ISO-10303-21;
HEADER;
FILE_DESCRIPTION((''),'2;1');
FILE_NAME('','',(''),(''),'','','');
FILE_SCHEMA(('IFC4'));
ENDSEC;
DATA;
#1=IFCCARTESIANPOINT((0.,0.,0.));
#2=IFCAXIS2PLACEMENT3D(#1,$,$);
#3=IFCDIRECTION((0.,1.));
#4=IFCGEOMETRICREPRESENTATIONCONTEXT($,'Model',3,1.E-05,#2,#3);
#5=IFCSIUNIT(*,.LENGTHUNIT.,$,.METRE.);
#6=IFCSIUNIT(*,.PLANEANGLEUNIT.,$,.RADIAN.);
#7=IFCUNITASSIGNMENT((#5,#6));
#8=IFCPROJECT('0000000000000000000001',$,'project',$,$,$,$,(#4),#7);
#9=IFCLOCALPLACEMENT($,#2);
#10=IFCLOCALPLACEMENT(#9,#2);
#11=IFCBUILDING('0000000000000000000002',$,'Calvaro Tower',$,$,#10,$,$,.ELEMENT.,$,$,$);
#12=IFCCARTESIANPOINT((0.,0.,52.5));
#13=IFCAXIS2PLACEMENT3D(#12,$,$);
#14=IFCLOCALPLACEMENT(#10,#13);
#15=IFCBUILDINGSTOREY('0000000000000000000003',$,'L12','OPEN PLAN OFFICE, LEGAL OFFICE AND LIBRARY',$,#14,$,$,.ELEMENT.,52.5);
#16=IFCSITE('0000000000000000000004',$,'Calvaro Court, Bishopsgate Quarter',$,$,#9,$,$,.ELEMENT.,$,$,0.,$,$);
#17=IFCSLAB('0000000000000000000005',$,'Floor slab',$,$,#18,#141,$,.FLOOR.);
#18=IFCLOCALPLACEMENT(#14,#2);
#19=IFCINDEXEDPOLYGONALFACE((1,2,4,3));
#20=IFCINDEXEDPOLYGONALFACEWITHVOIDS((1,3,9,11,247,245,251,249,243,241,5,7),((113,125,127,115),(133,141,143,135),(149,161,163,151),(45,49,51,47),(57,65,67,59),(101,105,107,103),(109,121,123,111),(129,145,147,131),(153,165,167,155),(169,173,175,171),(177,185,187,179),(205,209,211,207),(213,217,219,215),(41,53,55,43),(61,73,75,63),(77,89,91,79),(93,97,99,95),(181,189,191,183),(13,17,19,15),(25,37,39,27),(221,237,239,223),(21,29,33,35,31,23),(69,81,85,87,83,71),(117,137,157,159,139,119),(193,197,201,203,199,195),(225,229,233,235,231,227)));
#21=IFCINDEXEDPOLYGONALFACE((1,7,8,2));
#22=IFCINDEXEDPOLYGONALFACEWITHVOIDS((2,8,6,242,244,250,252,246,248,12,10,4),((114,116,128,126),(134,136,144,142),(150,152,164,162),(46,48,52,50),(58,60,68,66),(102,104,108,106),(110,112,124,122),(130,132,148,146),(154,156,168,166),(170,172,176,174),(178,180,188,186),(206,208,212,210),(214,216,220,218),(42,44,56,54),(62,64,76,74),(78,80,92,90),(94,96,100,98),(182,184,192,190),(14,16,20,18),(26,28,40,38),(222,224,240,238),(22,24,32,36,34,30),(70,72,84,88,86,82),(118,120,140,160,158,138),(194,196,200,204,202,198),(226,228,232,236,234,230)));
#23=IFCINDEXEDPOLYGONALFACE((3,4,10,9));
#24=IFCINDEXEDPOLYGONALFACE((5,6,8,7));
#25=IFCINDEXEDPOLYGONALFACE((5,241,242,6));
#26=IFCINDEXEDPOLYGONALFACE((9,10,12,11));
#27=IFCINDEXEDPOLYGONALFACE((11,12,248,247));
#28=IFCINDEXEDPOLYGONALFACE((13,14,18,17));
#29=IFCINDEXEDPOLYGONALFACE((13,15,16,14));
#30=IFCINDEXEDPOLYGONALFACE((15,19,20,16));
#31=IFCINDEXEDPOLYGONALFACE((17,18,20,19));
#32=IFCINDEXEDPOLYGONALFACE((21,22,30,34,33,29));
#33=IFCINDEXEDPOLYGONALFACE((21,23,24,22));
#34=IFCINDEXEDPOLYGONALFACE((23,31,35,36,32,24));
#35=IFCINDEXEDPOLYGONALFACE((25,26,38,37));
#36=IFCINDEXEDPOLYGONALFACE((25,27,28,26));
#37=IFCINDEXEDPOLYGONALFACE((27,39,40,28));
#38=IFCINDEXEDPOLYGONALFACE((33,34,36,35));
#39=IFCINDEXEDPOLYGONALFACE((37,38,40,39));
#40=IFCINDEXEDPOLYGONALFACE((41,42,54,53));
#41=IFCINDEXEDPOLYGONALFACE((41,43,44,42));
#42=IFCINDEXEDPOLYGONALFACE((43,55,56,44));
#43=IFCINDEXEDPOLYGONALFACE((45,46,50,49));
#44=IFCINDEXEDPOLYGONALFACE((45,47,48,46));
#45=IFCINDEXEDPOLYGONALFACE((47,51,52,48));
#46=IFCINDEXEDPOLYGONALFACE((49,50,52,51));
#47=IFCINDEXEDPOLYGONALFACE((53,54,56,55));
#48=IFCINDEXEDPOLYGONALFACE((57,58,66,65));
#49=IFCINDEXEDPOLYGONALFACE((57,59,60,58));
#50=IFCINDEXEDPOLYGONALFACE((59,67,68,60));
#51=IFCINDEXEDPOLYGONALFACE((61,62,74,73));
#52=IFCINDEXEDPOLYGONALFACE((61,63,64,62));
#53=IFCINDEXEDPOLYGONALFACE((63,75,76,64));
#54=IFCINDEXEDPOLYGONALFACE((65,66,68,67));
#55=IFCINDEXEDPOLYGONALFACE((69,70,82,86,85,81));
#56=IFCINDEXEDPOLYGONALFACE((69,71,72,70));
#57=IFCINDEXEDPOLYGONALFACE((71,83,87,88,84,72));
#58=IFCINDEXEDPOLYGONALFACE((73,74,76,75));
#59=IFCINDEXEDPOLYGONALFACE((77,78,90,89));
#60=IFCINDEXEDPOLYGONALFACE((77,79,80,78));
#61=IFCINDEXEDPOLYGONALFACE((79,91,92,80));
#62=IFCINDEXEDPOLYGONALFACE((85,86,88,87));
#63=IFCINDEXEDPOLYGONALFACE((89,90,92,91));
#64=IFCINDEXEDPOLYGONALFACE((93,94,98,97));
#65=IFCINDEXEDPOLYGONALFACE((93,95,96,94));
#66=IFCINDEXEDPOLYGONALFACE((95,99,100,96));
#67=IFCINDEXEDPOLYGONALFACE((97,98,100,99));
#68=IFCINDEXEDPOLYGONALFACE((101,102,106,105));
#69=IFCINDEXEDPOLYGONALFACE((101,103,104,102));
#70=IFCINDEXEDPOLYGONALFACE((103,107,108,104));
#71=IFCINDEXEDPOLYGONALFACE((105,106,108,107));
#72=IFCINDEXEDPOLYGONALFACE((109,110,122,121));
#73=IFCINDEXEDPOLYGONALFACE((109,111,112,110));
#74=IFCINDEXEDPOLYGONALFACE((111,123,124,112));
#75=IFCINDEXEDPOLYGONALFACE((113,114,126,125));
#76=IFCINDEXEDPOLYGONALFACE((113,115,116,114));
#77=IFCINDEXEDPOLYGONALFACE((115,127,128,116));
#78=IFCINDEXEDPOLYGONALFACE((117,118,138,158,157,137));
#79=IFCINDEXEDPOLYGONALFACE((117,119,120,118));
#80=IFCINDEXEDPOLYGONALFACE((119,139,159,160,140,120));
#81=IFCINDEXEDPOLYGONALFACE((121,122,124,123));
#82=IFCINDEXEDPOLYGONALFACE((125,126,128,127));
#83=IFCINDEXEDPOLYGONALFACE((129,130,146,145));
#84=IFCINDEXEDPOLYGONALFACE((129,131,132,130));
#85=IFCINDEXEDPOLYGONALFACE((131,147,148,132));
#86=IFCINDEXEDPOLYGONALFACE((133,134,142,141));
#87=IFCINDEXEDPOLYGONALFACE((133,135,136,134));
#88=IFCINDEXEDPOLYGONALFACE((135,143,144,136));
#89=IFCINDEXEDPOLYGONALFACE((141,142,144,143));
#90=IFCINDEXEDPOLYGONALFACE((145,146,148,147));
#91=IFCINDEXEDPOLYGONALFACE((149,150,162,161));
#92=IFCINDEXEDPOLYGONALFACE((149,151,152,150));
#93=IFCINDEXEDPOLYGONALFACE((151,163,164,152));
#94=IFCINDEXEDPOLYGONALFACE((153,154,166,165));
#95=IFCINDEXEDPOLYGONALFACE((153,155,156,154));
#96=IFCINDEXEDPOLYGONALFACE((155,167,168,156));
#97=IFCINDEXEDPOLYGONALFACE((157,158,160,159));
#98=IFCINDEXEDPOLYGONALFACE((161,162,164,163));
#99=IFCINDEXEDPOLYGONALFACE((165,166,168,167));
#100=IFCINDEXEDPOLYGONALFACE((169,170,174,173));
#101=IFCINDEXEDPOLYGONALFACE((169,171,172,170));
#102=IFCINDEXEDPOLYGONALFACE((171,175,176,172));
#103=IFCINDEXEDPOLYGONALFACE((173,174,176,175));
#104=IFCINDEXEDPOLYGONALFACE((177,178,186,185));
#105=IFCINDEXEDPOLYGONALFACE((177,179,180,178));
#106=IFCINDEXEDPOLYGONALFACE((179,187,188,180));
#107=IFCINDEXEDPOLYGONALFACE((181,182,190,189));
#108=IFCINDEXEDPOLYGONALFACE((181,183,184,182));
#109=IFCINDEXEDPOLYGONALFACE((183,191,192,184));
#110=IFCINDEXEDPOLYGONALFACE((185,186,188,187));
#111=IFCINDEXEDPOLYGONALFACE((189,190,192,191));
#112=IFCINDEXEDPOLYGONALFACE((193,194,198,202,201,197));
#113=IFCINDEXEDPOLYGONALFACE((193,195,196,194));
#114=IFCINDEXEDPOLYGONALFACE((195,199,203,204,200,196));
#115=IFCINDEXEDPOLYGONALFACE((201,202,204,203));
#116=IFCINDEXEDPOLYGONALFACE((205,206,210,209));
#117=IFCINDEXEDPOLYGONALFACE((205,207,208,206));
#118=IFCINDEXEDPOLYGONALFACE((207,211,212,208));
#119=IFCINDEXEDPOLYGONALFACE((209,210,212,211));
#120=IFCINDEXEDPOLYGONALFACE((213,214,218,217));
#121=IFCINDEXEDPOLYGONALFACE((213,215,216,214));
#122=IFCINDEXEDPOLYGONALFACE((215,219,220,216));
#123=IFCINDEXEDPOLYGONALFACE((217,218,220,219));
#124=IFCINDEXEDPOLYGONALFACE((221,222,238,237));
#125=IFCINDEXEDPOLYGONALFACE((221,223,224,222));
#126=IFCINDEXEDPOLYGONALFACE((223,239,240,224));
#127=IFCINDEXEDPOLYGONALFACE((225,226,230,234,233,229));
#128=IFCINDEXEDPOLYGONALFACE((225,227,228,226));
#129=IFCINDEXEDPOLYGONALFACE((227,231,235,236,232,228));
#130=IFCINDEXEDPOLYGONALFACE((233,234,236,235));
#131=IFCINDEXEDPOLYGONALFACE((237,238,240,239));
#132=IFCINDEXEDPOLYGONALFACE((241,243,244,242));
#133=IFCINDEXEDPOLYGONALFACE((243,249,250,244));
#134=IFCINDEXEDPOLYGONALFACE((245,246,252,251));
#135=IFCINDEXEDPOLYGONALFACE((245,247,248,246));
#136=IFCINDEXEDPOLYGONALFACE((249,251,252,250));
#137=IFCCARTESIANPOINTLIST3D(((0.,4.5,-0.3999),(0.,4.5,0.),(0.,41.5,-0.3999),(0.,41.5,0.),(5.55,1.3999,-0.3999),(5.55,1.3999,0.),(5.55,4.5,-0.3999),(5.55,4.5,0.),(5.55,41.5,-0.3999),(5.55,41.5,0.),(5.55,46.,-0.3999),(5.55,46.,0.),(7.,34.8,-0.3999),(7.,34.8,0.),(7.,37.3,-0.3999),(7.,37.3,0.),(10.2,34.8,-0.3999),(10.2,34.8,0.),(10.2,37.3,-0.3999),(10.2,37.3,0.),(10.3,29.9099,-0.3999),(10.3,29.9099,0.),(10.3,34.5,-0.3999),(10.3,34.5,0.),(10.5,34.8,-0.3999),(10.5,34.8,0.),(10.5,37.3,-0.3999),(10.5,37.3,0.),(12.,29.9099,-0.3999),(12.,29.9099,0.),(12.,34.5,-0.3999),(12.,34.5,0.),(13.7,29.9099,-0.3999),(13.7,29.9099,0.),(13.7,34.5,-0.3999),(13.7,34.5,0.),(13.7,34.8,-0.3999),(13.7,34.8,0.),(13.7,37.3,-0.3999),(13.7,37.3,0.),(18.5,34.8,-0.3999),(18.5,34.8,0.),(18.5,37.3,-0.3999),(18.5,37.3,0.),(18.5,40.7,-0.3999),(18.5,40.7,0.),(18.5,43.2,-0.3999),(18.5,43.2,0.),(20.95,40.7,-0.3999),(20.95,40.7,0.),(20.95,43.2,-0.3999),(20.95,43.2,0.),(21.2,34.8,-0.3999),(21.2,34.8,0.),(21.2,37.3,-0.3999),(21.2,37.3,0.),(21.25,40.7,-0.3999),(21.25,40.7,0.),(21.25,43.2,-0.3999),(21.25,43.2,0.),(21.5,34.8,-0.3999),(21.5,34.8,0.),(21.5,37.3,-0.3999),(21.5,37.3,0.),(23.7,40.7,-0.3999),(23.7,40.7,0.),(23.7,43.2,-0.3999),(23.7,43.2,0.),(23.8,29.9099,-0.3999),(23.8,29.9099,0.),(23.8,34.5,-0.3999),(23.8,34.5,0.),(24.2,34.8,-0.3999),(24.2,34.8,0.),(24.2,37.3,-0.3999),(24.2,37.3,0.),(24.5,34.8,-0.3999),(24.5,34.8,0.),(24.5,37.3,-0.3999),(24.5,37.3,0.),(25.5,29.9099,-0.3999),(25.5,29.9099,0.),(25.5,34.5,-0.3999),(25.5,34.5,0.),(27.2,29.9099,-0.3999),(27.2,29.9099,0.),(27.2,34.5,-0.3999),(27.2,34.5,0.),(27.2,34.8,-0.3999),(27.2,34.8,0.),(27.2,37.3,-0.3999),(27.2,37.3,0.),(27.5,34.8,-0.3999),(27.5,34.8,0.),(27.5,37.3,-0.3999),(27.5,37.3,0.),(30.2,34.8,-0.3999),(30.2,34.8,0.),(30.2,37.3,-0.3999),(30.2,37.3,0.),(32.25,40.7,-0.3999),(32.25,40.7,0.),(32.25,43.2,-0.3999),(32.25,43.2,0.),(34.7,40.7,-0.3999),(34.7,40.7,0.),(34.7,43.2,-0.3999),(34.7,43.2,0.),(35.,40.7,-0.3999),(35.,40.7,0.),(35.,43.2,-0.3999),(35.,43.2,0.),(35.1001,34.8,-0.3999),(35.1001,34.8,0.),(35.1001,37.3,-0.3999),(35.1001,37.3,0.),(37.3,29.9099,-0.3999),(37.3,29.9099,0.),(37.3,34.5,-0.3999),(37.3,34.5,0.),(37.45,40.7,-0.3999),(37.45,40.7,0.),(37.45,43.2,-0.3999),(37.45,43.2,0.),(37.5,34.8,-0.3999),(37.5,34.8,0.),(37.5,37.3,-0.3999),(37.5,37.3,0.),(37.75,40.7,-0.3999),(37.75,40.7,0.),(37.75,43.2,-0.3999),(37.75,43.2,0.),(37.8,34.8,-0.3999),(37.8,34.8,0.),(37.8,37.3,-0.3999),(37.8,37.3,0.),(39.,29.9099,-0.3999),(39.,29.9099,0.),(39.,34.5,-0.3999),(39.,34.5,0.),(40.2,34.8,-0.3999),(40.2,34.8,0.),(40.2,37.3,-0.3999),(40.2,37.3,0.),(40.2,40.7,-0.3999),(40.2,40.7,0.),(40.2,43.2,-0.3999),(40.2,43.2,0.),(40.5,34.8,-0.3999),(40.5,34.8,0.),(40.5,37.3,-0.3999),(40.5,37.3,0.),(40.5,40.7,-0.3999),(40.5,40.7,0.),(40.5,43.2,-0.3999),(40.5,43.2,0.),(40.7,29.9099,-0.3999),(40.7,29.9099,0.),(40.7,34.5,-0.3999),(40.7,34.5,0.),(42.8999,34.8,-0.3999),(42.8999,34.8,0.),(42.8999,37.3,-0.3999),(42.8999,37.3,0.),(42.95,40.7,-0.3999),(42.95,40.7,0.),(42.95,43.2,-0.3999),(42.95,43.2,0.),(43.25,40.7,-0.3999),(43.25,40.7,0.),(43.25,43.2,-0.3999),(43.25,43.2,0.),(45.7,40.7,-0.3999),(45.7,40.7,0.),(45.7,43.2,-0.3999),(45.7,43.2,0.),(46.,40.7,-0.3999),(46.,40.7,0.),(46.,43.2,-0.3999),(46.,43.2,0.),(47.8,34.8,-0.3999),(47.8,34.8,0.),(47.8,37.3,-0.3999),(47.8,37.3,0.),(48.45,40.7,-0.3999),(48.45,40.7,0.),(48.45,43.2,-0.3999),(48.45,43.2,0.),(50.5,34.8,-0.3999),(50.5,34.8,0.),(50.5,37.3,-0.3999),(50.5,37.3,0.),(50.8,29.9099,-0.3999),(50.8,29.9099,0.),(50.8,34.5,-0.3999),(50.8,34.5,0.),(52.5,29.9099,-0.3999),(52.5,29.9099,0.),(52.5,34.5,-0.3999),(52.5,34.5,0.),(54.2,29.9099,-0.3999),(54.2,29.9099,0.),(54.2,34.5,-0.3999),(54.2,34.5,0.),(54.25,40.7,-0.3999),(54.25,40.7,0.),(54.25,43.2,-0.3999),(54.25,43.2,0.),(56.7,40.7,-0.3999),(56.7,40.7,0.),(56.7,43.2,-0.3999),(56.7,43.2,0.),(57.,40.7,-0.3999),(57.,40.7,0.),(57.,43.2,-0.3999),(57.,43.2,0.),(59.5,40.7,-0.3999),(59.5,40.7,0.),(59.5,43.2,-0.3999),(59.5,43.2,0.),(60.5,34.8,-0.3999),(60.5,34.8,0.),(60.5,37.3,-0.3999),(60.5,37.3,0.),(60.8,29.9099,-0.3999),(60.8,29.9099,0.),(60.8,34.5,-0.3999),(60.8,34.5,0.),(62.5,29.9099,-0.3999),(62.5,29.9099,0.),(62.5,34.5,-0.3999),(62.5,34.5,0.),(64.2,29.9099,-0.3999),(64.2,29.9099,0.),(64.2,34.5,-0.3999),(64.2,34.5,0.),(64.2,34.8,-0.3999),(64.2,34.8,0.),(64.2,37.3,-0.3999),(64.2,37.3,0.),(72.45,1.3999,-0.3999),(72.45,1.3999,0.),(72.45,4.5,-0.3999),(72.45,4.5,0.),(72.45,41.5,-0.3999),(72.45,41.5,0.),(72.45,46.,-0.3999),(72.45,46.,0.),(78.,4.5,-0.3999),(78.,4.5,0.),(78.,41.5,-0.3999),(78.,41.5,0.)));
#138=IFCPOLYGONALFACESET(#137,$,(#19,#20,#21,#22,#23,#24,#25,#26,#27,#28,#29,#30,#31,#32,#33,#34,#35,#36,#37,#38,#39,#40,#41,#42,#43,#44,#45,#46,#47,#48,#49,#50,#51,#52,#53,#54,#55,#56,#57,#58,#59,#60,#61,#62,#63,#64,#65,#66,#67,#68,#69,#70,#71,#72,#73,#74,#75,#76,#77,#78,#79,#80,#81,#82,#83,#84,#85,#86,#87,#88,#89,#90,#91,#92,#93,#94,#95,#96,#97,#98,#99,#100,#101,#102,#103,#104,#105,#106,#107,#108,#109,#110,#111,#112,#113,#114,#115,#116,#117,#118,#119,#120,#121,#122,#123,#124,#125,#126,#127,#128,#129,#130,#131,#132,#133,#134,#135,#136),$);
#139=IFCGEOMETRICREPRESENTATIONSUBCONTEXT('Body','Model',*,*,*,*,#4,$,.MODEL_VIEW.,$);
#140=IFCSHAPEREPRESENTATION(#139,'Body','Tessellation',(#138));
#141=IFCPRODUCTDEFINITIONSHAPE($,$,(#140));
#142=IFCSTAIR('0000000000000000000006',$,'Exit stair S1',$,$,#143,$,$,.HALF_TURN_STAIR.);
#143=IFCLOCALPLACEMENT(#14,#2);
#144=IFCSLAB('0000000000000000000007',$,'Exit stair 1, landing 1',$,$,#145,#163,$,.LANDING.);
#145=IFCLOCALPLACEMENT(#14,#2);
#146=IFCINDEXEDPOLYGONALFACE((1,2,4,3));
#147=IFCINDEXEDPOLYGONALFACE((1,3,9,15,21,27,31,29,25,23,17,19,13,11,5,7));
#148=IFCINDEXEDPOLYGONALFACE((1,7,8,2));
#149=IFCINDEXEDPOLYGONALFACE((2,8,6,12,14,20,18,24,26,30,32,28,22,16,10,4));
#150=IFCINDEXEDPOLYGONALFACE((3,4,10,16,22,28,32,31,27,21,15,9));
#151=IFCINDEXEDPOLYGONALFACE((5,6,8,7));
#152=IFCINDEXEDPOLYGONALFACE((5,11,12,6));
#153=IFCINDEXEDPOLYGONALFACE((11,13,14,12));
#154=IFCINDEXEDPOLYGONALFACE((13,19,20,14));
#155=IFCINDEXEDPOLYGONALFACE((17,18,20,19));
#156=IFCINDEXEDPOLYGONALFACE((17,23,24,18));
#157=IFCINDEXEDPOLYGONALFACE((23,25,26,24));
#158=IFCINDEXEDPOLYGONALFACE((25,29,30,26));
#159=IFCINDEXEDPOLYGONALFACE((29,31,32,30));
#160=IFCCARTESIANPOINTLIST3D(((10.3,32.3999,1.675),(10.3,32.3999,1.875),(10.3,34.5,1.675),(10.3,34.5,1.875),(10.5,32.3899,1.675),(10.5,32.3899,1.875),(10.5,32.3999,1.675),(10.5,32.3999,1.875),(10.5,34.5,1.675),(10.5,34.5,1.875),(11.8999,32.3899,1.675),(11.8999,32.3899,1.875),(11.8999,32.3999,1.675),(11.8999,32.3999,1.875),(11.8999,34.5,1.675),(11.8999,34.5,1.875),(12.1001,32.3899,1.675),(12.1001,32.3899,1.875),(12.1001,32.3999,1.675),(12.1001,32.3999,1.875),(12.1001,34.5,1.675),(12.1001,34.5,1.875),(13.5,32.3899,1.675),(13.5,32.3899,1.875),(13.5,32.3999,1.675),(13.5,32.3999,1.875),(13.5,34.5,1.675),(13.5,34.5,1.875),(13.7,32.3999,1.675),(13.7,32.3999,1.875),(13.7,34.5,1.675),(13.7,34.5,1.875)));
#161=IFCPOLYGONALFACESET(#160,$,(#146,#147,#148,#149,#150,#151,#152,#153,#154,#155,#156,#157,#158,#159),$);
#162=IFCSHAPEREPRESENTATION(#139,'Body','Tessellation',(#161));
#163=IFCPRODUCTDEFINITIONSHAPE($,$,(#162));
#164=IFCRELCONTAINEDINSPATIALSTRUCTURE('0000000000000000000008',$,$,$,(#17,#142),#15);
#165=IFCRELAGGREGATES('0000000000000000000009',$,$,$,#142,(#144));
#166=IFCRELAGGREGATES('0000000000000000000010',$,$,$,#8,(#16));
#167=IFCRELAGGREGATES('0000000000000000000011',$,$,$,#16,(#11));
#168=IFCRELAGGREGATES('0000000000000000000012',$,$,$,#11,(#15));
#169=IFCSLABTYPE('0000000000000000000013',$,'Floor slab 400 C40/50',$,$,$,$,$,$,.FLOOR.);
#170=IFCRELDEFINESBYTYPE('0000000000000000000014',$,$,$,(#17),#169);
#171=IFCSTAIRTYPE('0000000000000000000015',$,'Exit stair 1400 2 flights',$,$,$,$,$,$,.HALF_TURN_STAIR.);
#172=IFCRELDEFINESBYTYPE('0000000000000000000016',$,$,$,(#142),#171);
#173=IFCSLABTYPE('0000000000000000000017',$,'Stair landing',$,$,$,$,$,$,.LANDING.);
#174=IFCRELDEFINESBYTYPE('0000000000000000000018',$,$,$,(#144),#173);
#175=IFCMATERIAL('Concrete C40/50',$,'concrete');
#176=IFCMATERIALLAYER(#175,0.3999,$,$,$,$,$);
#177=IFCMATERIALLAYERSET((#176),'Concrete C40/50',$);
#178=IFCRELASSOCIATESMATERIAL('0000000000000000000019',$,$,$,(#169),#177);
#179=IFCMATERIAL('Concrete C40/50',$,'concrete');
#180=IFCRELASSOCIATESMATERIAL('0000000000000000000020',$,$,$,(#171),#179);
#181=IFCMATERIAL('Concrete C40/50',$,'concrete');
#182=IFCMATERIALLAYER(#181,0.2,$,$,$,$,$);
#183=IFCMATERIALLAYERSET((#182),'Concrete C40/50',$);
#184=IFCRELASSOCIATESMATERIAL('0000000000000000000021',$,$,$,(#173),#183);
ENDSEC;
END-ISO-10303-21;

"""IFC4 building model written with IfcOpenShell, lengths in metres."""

from ifc_helpers import new_model, si_unit, direction, frame, origin, place, context, subcontext, project, spatial, polyline, outline, extrude, material, layer, layer_set, type_object, element, aggregate, save


model = new_model("IFC4")

# Units and contexts
model_context = context("Model", 3, precision=1e-05, world=origin(), true_north=direction((0.0, 1.0)))
body_context = subcontext(model_context, "Body", "Model", "MODEL_VIEW")
ifc_project = project(units=[si_unit("LENGTHUNIT", "METRE"), si_unit("PLANEANGLEUNIT", "RADIAN")], contexts=[model_context])

# Site, building, storey
site_placement = place(None, origin())
site = spatial("IfcSite", under=ifc_project, at=site_placement, Name="Calvaro Court, Bishopsgate Quarter", CompositionType="ELEMENT", RefElevation=0.0)
building_placement = place(site_placement, origin())
building = spatial("IfcBuilding", under=site, at=building_placement, Name="Calvaro Tower", CompositionType="ELEMENT")
storey_placement = place(building_placement, frame((0.0, 0.0, 52.5)))
storey = spatial("IfcBuildingStorey", under=building, at=storey_placement, Name="L12", Description="OPEN PLAN OFFICE, LEGAL OFFICE AND LIBRARY", CompositionType="ELEMENT", Elevation=52.5)

# Slab
ifc_material_1 = material(Name="Concrete C40/50", Category="concrete")
ifc_layer_1 = layer(ifc_material_1, 0.3999)
ifc_layer_set_1 = layer_set([ifc_layer_1], Name="Concrete C40/50")
slab_type_1 = type_object("IfcSlabType", Name="Floor slab 400 C40/50", PredefinedType="FLOOR", material=ifc_layer_set_1)
slab_1_placement = place(storey_placement, frame((0.0, 0.0, -0.3999)))
element("IfcSlab", 1, at=slab_1_placement, inside=storey, type_object=slab_type_1, Name="Floor slab", PredefinedType="FLOOR", context=body_context, shape_type="SweptSolid", body=[
    extrude(outline(polyline([(72.45, 4.5), (72.45, 1.3999), (5.55, 1.3999), (5.55, 4.5), (0.0, 4.5), (0.0, 41.5), (5.55, 41.5), (5.55, 46.0), (72.45, 46.0), (72.45, 41.5), (78.0, 41.5), (78.0, 4.5), (72.45, 4.5)]), holes=[polyline([(10.3, 29.9099), (10.3, 34.5), (12.0, 34.5), (13.7, 34.5), (13.7, 29.9099), (12.0, 29.9099), (10.3, 29.9099)]), polyline([(23.8, 29.9099), (23.8, 34.5), (25.5, 34.5), (27.2, 34.5), (27.2, 29.9099), (25.5, 29.9099), (23.8, 29.9099)]), polyline([(37.3, 29.9099), (37.3, 34.5), (39.0, 34.5), (40.7, 34.5), (40.7, 29.9099), (39.0, 29.9099), (37.3, 29.9099)]), polyline([(50.8, 29.9099), (50.8, 34.5), (52.5, 34.5), (54.2, 34.5), (54.2, 29.9099), (52.5, 29.9099), (50.8, 29.9099)]), polyline([(60.8, 29.9099), (60.8, 34.5), (62.5, 34.5), (64.2, 34.5), (64.2, 29.9099), (62.5, 29.9099), (60.8, 29.9099)]), polyline([(18.5, 34.8), (21.2, 34.8), (21.2, 37.3), (18.5, 37.3), (18.5, 34.8)]), polyline([(21.5, 34.8), (24.2, 34.8), (24.2, 37.3), (21.5, 37.3), (21.5, 34.8)]), polyline([(24.5, 34.8), (27.2, 34.8), (27.2, 37.3), (24.5, 37.3), (24.5, 34.8)]), polyline([(35.1001, 34.8), (37.5, 34.8), (37.5, 37.3), (35.1001, 37.3), (35.1001, 34.8)]), polyline([(37.8, 34.8), (40.2, 34.8), (40.2, 37.3), (37.8, 37.3), (37.8, 34.8)]), polyline([(40.5, 34.8), (42.8999, 34.8), (42.8999, 37.3), (40.5, 37.3), (40.5, 34.8)]), polyline([(18.5, 40.7), (20.95, 40.7), (20.95, 43.2), (18.5, 43.2), (18.5, 40.7)]), polyline([(21.25, 40.7), (23.7, 40.7), (23.7, 43.2), (21.25, 43.2), (21.25, 40.7)]), polyline([(32.25, 40.7), (34.7, 40.7), (34.7, 43.2), (32.25, 43.2), (32.25, 40.7)]), polyline([(35.0, 40.7), (37.45, 40.7), (37.45, 43.2), (35.0, 43.2), (35.0, 40.7)]), polyline([(37.75, 40.7), (40.2, 40.7), (40.2, 43.2), (37.75, 43.2), (37.75, 40.7)]), polyline([(40.5, 40.7), (42.95, 40.7), (42.95, 43.2), (40.5, 43.2), (40.5, 40.7)]), polyline([(43.25, 40.7), (45.7, 40.7), (45.7, 43.2), (43.25, 43.2), (43.25, 40.7)]), polyline([(46.0, 40.7), (48.45, 40.7), (48.45, 43.2), (46.0, 43.2), (46.0, 40.7)]), polyline([(54.25, 40.7), (56.7, 40.7), (56.7, 43.2), (54.25, 43.2), (54.25, 40.7)]), polyline([(57.0, 40.7), (59.5, 40.7), (59.5, 43.2), (57.0, 43.2), (57.0, 40.7)]), polyline([(7.0, 34.8), (10.2, 34.8), (10.2, 37.3), (7.0, 37.3), (7.0, 34.8)]), polyline([(10.5, 34.8), (13.7, 34.8), (13.7, 37.3), (10.5, 37.3), (10.5, 34.8)]), polyline([(60.5, 34.8), (64.2, 34.8), (64.2, 37.3), (60.5, 37.3), (60.5, 34.8)]), polyline([(27.5, 34.8), (30.2, 34.8), (30.2, 37.3), (27.5, 37.3), (27.5, 34.8)]), polyline([(47.8, 34.8), (50.5, 34.8), (50.5, 37.3), (47.8, 37.3), (47.8, 34.8)])]), origin(), (0.0, 0.0, 1.0), 0.3999),
])

# Stair, slab
ifc_material_2 = material(Name="Concrete C40/50", Category="concrete")
stair_type = type_object("IfcStairType", Name="Exit stair 1400 2 flights", PredefinedType="HALF_TURN_STAIR", material=ifc_material_2)
stair_1_placement = place(storey_placement, origin())
stair_1 = element("IfcStair", 2, at=stair_1_placement, inside=storey, type_object=stair_type, Name="Exit stair S1", PredefinedType="HALF_TURN_STAIR")
ifc_material_3 = material(Name="Concrete C40/50", Category="concrete")
ifc_layer_2 = layer(ifc_material_3, 0.2)
ifc_layer_set_2 = layer_set([ifc_layer_2], Name="Concrete C40/50")
slab_type_2 = type_object("IfcSlabType", Name="Stair landing", PredefinedType="LANDING", material=ifc_layer_set_2)
slab_2_placement = place(storey_placement, frame((0.0, 0.0, 1.675)))
slab_2 = element("IfcSlab", 3, at=slab_2_placement, type_object=slab_type_2, Name="Exit stair 1, landing 1", PredefinedType="LANDING", context=body_context, shape_type="SweptSolid", body=[
    extrude(outline(polyline([(11.8999, 32.3899), (10.5, 32.3899), (10.5, 32.3999), (10.3, 32.3999), (10.3, 34.5), (10.5, 34.5), (11.8999, 34.5), (12.1001, 34.5), (13.5, 34.5), (13.7, 34.5), (13.7, 32.3999), (13.5, 32.3999), (13.5, 32.3899), (12.1001, 32.3899), (12.1001, 32.3999), (11.8999, 32.3999), (11.8999, 32.3899)])), origin(), (0.0, 0.0, 1.0), 0.2),
])
aggregate(stair_1, [slab_2])

save(model, "model.ifc")
